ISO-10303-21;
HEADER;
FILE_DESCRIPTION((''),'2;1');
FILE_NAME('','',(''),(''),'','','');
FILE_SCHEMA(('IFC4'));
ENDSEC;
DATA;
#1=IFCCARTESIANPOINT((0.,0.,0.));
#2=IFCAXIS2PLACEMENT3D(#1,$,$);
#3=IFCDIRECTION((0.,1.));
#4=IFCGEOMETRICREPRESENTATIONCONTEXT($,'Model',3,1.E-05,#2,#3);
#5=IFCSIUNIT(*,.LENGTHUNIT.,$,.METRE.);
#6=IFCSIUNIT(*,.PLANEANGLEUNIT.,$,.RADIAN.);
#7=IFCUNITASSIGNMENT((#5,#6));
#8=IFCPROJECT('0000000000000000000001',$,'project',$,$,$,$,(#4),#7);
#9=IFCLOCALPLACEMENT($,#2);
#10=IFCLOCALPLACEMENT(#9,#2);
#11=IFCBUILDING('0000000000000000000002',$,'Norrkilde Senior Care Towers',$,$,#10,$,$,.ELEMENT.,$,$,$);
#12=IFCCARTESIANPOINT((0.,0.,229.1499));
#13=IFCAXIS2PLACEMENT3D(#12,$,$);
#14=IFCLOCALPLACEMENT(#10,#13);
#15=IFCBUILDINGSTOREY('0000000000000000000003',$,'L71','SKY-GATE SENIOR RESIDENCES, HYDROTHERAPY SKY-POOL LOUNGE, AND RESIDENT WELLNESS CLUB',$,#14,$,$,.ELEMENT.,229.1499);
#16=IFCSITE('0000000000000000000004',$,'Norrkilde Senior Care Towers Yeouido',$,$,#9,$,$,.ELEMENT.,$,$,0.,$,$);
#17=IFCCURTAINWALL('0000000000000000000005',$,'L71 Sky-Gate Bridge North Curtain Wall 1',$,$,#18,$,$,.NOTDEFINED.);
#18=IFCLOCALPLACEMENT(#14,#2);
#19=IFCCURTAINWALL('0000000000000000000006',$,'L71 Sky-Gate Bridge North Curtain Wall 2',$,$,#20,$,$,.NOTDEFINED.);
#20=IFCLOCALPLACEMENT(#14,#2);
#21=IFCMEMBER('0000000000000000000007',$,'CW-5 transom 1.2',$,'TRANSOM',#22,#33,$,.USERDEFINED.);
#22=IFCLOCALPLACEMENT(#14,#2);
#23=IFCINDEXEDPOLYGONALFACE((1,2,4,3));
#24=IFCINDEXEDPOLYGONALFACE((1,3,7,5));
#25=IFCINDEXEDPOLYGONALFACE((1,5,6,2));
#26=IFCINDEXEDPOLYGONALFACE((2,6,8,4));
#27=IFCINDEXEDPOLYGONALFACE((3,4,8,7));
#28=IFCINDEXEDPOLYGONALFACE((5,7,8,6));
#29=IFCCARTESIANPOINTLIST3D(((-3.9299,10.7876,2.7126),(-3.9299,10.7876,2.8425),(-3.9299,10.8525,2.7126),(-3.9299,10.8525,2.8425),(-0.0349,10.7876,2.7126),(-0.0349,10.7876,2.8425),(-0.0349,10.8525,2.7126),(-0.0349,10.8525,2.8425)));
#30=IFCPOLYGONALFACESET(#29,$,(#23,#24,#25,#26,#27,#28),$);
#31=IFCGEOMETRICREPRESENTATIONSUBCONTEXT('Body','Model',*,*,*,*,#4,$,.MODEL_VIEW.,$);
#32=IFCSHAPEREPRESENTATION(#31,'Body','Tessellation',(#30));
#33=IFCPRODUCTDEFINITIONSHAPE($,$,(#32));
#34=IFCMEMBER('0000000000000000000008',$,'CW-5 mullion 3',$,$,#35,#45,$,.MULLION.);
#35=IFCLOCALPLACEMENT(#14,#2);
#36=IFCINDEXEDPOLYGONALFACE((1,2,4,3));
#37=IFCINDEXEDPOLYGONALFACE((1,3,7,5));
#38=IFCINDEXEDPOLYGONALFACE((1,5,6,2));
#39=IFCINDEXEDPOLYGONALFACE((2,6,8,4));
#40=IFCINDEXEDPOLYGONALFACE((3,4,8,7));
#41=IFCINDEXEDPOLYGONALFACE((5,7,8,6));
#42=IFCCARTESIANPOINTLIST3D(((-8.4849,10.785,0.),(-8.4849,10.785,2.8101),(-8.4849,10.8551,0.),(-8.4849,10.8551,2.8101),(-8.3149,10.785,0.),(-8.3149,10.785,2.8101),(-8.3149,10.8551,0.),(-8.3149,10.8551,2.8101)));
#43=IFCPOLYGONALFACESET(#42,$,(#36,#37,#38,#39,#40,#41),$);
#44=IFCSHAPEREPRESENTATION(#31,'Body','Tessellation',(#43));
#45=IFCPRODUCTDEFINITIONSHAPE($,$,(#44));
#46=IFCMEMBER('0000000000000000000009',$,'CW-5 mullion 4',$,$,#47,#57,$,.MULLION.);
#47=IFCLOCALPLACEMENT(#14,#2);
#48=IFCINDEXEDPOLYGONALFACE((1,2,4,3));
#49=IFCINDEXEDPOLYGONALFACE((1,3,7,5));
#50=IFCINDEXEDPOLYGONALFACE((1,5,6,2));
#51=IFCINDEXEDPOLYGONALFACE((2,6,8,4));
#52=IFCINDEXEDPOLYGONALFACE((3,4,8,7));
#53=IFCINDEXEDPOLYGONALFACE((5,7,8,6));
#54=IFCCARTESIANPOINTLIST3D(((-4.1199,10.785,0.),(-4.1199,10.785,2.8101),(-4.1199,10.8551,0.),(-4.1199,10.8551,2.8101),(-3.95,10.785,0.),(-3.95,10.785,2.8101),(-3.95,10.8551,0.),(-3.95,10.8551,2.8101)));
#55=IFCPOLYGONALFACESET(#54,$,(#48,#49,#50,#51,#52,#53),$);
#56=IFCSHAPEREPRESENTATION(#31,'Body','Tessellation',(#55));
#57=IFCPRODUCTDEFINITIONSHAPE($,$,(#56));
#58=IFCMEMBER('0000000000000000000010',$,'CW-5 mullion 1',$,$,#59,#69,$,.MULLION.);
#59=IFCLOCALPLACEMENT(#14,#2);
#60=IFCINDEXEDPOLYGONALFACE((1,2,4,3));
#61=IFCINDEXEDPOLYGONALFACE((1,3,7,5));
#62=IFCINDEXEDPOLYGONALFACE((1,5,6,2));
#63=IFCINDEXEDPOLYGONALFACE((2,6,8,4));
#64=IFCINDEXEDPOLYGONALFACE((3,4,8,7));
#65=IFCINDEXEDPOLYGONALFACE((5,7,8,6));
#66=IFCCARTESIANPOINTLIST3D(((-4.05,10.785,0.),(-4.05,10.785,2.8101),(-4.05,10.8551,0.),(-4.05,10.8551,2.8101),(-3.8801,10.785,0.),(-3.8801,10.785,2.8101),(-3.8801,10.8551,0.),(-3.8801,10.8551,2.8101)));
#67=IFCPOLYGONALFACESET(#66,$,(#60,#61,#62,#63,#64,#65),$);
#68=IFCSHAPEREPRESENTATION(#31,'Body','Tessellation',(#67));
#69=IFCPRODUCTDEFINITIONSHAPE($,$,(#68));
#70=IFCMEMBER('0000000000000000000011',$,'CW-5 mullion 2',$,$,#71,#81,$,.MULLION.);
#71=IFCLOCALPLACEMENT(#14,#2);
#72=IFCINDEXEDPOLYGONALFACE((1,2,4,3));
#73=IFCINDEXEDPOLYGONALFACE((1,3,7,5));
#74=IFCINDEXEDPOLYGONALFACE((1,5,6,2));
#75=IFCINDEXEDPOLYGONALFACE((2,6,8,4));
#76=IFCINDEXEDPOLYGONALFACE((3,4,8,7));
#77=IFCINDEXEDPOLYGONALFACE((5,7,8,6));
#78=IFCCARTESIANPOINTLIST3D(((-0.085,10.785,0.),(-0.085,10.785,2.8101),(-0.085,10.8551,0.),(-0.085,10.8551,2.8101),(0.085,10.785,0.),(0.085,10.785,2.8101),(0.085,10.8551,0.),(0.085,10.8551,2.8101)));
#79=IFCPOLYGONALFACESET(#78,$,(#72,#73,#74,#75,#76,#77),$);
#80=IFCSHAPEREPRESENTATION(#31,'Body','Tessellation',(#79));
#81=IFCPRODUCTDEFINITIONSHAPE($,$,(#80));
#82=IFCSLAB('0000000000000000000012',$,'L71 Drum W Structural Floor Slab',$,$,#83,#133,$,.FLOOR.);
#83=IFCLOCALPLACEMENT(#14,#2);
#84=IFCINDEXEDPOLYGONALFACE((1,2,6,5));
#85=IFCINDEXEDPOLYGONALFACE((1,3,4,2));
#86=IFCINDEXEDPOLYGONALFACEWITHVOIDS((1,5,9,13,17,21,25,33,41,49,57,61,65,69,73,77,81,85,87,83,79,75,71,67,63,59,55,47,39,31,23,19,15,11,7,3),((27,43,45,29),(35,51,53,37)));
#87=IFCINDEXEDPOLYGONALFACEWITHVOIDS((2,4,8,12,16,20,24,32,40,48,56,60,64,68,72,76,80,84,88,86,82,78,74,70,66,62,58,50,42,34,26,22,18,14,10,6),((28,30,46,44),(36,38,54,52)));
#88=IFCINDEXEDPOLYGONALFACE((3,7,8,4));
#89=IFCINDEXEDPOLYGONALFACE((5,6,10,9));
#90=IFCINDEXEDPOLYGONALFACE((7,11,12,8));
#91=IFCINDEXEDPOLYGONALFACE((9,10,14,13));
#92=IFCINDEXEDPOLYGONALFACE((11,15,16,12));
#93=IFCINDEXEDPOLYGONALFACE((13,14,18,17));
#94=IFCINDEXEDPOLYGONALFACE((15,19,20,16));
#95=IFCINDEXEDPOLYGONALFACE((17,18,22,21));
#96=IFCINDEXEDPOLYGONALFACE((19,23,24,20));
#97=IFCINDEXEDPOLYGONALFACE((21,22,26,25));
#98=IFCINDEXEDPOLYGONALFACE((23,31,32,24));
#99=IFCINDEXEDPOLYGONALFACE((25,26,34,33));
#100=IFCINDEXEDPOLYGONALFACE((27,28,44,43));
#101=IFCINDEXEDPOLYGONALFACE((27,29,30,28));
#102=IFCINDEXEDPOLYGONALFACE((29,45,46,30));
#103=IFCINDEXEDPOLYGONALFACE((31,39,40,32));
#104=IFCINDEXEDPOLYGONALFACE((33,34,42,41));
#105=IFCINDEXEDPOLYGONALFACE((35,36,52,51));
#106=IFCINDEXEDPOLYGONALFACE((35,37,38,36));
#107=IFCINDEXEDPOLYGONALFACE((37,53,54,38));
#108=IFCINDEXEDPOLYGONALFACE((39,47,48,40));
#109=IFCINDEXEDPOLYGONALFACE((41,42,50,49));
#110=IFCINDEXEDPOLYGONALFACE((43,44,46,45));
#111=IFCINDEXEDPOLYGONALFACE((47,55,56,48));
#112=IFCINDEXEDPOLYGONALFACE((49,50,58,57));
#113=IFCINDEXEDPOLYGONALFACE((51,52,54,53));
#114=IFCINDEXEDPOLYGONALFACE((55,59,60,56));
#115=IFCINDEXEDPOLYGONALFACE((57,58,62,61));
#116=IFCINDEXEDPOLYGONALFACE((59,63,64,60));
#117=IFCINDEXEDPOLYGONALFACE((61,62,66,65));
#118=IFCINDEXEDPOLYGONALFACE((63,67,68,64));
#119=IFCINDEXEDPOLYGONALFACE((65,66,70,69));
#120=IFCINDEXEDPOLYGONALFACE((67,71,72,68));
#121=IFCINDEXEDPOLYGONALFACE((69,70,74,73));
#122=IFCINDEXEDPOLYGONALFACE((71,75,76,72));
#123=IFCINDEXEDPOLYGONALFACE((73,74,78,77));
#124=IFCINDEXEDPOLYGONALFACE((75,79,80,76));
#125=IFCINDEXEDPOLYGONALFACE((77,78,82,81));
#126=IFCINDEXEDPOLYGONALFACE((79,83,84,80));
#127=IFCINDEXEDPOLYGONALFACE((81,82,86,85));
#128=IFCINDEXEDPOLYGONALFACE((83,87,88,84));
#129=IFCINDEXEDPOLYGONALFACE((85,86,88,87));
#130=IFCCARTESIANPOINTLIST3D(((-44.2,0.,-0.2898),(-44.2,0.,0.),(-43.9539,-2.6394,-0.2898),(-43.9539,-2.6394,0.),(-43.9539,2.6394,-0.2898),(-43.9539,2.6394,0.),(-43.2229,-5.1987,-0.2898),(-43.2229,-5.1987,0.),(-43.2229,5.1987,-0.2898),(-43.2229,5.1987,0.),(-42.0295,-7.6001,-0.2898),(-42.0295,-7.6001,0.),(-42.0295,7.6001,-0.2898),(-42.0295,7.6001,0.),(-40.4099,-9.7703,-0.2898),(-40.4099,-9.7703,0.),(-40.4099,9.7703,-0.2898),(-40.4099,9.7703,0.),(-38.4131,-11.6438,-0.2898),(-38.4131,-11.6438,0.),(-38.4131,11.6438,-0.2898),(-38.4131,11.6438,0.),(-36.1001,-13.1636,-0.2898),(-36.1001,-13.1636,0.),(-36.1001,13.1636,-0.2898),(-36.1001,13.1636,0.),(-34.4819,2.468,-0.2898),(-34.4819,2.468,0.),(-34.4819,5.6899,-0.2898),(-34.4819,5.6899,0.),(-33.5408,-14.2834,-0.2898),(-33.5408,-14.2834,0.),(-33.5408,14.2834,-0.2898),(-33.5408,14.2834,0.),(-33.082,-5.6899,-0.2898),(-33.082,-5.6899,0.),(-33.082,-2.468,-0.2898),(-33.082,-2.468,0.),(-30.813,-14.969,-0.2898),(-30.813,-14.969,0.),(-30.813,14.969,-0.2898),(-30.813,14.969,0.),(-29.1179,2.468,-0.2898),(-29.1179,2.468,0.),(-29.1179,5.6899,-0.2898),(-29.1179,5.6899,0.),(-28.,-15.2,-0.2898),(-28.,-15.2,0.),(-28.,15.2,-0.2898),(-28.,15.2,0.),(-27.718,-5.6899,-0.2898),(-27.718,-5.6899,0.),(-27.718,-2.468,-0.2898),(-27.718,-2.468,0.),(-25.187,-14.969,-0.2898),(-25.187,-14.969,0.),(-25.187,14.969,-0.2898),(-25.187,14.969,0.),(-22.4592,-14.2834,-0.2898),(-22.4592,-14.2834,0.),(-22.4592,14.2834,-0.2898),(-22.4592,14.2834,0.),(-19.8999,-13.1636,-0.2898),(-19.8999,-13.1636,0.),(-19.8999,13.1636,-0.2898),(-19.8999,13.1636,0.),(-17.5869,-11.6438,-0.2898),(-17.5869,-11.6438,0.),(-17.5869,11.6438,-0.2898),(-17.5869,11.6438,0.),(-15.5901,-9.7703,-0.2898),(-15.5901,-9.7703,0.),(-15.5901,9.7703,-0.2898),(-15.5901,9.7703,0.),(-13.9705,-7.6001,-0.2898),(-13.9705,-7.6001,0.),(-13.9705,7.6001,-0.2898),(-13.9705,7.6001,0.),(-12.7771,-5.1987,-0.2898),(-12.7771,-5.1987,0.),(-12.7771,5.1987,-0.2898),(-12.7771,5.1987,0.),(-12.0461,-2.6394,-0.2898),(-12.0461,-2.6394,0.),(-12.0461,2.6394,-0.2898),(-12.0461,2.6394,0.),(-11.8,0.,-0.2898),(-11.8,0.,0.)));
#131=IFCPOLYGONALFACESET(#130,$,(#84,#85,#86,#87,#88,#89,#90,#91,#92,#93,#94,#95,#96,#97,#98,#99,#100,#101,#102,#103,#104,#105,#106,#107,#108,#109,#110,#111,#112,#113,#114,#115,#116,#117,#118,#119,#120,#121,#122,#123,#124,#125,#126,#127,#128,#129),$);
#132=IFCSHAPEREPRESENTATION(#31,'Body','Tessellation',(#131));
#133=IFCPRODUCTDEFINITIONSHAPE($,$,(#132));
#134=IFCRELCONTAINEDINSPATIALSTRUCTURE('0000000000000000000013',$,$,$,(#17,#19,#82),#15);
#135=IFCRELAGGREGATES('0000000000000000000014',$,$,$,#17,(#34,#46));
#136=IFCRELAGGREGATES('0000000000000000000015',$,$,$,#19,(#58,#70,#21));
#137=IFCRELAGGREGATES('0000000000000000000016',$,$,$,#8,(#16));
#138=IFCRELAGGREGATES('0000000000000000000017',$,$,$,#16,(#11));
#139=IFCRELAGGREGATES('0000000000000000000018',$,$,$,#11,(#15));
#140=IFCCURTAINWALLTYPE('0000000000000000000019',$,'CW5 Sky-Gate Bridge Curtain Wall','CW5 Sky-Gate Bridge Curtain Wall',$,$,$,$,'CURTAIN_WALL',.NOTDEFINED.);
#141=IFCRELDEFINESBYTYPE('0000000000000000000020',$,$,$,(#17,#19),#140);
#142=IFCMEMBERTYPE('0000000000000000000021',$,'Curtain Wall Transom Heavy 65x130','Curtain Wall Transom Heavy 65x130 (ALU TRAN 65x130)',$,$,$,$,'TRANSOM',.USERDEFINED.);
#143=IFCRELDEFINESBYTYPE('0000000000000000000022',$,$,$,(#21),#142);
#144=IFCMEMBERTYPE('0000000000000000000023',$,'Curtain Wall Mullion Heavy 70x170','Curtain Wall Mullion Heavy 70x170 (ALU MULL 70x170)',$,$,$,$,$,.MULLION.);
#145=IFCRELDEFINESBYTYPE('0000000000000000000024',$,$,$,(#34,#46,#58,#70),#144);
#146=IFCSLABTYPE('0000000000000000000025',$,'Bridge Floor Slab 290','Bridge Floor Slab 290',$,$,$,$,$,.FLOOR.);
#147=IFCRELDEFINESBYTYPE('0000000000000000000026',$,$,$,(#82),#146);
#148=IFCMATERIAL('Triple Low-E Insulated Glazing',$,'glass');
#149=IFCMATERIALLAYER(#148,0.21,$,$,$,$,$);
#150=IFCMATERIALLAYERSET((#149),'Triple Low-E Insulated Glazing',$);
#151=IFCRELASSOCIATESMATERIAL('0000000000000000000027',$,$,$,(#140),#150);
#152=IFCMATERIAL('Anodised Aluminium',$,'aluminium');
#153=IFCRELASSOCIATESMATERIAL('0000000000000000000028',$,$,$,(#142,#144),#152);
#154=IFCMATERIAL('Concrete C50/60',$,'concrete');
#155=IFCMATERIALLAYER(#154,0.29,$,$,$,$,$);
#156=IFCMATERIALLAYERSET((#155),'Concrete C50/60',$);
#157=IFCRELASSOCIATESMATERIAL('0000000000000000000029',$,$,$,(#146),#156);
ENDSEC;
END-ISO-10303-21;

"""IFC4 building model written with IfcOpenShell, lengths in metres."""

from ifc_helpers import new_model, si_unit, direction, frame, origin, origin_2d, place, context, subcontext, project, spatial, polyline, rectangle, outline, extrude, source, transform, mapped, material, layer, layer_set, material_profile, profile_set, type_object, type_shapes, element, aggregate, save


model = new_model("IFC4")

# Units and contexts
model_context = context("Model", 3, precision=1e-05, world=origin(), true_north=direction((0.0, 1.0)))
body_context = subcontext(model_context, "Body", "Model", "MODEL_VIEW")
ifc_project = project(units=[si_unit("LENGTHUNIT", "METRE"), si_unit("PLANEANGLEUNIT", "RADIAN")], contexts=[model_context])

# Site, building, storey
site_placement = place(None, origin())
site = spatial("IfcSite", under=ifc_project, at=site_placement, Name="Norrkilde Senior Care Towers Yeouido", CompositionType="ELEMENT", RefElevation=0.0)
building_placement = place(site_placement, origin())
building = spatial("IfcBuilding", under=site, at=building_placement, Name="Norrkilde Senior Care Towers", CompositionType="ELEMENT")
storey_placement = place(building_placement, frame((0.0, 0.0, 229.1499)))
storey = spatial("IfcBuildingStorey", under=building, at=storey_placement, Name="L71", Description="SKY-GATE SENIOR RESIDENCES, HYDROTHERAPY SKY-POOL LOUNGE, AND RESIDENT WELLNESS CLUB", CompositionType="ELEMENT", Elevation=229.1499)

# Curtain walls, member
ifc_material_1 = material(Name="Triple Low-E Insulated Glazing", Category="glass")
ifc_layer_1 = layer(ifc_material_1, 0.21)
ifc_layer_set_1 = layer_set([ifc_layer_1], Name="Triple Low-E Insulated Glazing")
curtain_wall_type = type_object("IfcCurtainWallType", Name="CW5 Sky-Gate Bridge Curtain Wall", Description="CW5 Sky-Gate Bridge Curtain Wall", ElementType="CURTAIN_WALL", PredefinedType="NOTDEFINED", material=ifc_layer_set_1)
curtain_wall_1_placement = place(storey_placement, origin())
curtain_wall_1 = element("IfcCurtainWall", 1, at=curtain_wall_1_placement, inside=storey, type_object=curtain_wall_type, Name="L71 Sky-Gate Bridge North Curtain Wall 1", PredefinedType="NOTDEFINED")
ifc_material_2 = material(Name="Anodised Aluminium", Category="aluminium")
ifc_material_profile_1 = material_profile(ifc_material_2, rectangle(XDim=0.0649, YDim=0.1299, at=origin_2d()), Name="ALU TRAN 65x130")
ifc_profile_set_1 = profile_set([ifc_material_profile_1], Name="Anodised Aluminium")
member_type_1 = type_object("IfcMemberType", Name="Curtain Wall Transom Heavy 65x130", Description="Curtain Wall Transom Heavy 65x130 (ALU TRAN 65x130)", ElementType="TRANSOM", PredefinedType="USERDEFINED", material=ifc_profile_set_1)
curtain_wall_2_placement = place(storey_placement, origin())
curtain_wall_2 = element("IfcCurtainWall", 2, at=curtain_wall_2_placement, inside=storey, type_object=curtain_wall_type, Name="L71 Sky-Gate Bridge North Curtain Wall 2", PredefinedType="NOTDEFINED")
shared_shape_1 = source(origin(), body_context, "Body", "SweptSolid", [
    extrude(rectangle(XDim=0.0649, YDim=0.1299, at=origin_2d()), origin(), (0.0, 0.0, 1.0), 3.895),
])
member_1_placement = place(storey_placement, frame((-3.9299, 10.8201, 2.7776), z_axis=(1.0, 0.0, 0.0), x_axis=(0.0, 1.0, 0.0)))
member_1 = element("IfcMember", 3, at=member_1_placement, type_object=member_type_1, Name="CW-5 transom 1.2", ObjectType="TRANSOM", PredefinedType="USERDEFINED", context=body_context, shape_type="MappedRepresentation", body=[
    mapped(shared_shape_1, transform((0.0, 0.0, 0.0), x_axis=(1.0, 0.0, 0.0), y_axis=(0.0, 1.0, 0.0), z_axis=(0.0, 0.0, 1.0), scale=1.0)),
])

# Members
ifc_material_profile_2 = material_profile(ifc_material_2, rectangle(XDim=0.0701, YDim=0.1699, at=origin_2d()), Name="ALU MULL 70x170")
ifc_profile_set_2 = profile_set([ifc_material_profile_2], Name="Anodised Aluminium")
member_type_2 = type_object("IfcMemberType", Name="Curtain Wall Mullion Heavy 70x170", Description="Curtain Wall Mullion Heavy 70x170 (ALU MULL 70x170)", PredefinedType="MULLION", material=ifc_profile_set_2)
shared_shape_2 = source(origin(), body_context, "Body", "SweptSolid", [
    extrude(rectangle(XDim=0.0701, YDim=0.1699, at=origin_2d()), origin(), (0.0, 0.0, 1.0), 2.8101),
])
type_shapes(member_type_2, [shared_shape_2])
member_2_placement = place(storey_placement, frame((-8.3999, 10.8201, 0.0), z_axis=(0.0, 0.0, 1.0), x_axis=(0.0, 1.0, 0.0)))
member_2 = element("IfcMember", 4, at=member_2_placement, type_object=member_type_2, Name="CW-5 mullion 3", PredefinedType="MULLION", context=body_context, shape_type="MappedRepresentation", body=[
    mapped(shared_shape_2, transform((0.0, 0.0, 0.0), x_axis=(1.0, 0.0, 0.0), y_axis=(0.0, 1.0, 0.0), z_axis=(0.0, 0.0, 1.0), scale=1.0)),
])
member_3_placement = place(storey_placement, frame((-4.0349, 10.8201, 0.0), z_axis=(0.0, 0.0, 1.0), x_axis=(0.0, 1.0, 0.0)))
member_3 = element("IfcMember", 5, at=member_3_placement, type_object=member_type_2, Name="CW-5 mullion 4", PredefinedType="MULLION", context=body_context, shape_type="MappedRepresentation", body=[
    mapped(shared_shape_2, transform((0.0, 0.0, 0.0), x_axis=(1.0, 0.0, 0.0), y_axis=(0.0, 1.0, 0.0), z_axis=(0.0, 0.0, 1.0), scale=1.0)),
])
member_4_placement = place(storey_placement, frame((-3.9651, 10.8201, 0.0), z_axis=(0.0, 0.0, 1.0), x_axis=(0.0, 1.0, 0.0)))
member_4 = element("IfcMember", 6, at=member_4_placement, type_object=member_type_2, Name="CW-5 mullion 1", PredefinedType="MULLION", context=body_context, shape_type="MappedRepresentation", body=[
    mapped(shared_shape_2, transform((0.0, 0.0, 0.0), x_axis=(1.0, 0.0, 0.0), y_axis=(0.0, 1.0, 0.0), z_axis=(0.0, 0.0, 1.0), scale=1.0)),
])
member_5_placement = place(storey_placement, frame((0.0, 10.8201, 0.0), z_axis=(0.0, 0.0, 1.0), x_axis=(0.0, 1.0, 0.0)))
member_5 = element("IfcMember", 7, at=member_5_placement, type_object=member_type_2, Name="CW-5 mullion 2", PredefinedType="MULLION", context=body_context, shape_type="MappedRepresentation", body=[
    mapped(shared_shape_2, transform((0.0, 0.0, 0.0), x_axis=(1.0, 0.0, 0.0), y_axis=(0.0, 1.0, 0.0), z_axis=(0.0, 0.0, 1.0), scale=1.0)),
])

# Slab
ifc_material_3 = material(Name="Concrete C50/60", Category="concrete")
ifc_layer_2 = layer(ifc_material_3, 0.29)
ifc_layer_set_2 = layer_set([ifc_layer_2], Name="Concrete C50/60")
slab_type_1 = type_object("IfcSlabType", Name="Bridge Floor Slab 290", Description="Bridge Floor Slab 290", PredefinedType="FLOOR", material=ifc_layer_set_2)
slab_1_placement = place(storey_placement, frame((0.0, 0.0, -0.2898)))
element("IfcSlab", 8, at=slab_1_placement, inside=storey, type_object=slab_type_1, Name="L71 Drum W Structural Floor Slab", PredefinedType="FLOOR", context=body_context, shape_type="SweptSolid", body=[
    extrude(outline(polyline([(-12.7771, -5.1987), (-13.9705, -7.6001), (-15.5901, -9.7703), (-17.5869, -11.6438), (-19.8999, -13.1636), (-22.4592, -14.2834), (-25.187, -14.969), (-28.0, -15.2), (-30.813, -14.969), (-33.5408, -14.2834), (-36.1001, -13.1636), (-38.4131, -11.6438), (-40.4099, -9.7703), (-42.0295, -7.6001), (-43.2229, -5.1987), (-43.9539, -2.6394), (-44.2, 0.0), (-43.9539, 2.6394), (-43.2229, 5.1987), (-42.0295, 7.6001), (-40.4099, 9.7703), (-38.4131, 11.6438), (-36.1001, 13.1636), (-33.5408, 14.2834), (-30.813, 14.969), (-28.0, 15.2), (-25.187, 14.969), (-22.4592, 14.2834), (-19.8999, 13.1636), (-17.5869, 11.6438), (-15.5901, 9.7703), (-13.9705, 7.6001), (-12.7771, 5.1987), (-12.0461, 2.6394), (-11.8, 0.0), (-12.0461, -2.6394), (-12.7771, -5.1987)]), holes=[polyline([(-34.4819, 2.468), (-29.1179, 2.468), (-29.1179, 5.6899), (-34.4819, 5.6899), (-34.4819, 2.468)]), polyline([(-27.718, -5.6899), (-27.718, -2.468), (-33.082, -2.468), (-33.082, -5.6899), (-27.718, -5.6899)])]), origin(), (0.0, 0.0, 1.0), 0.2898),
])

aggregate(curtain_wall_1, [member_2, member_3])
aggregate(curtain_wall_2, [member_4, member_5, member_1])

save(model, "model.ifc")
